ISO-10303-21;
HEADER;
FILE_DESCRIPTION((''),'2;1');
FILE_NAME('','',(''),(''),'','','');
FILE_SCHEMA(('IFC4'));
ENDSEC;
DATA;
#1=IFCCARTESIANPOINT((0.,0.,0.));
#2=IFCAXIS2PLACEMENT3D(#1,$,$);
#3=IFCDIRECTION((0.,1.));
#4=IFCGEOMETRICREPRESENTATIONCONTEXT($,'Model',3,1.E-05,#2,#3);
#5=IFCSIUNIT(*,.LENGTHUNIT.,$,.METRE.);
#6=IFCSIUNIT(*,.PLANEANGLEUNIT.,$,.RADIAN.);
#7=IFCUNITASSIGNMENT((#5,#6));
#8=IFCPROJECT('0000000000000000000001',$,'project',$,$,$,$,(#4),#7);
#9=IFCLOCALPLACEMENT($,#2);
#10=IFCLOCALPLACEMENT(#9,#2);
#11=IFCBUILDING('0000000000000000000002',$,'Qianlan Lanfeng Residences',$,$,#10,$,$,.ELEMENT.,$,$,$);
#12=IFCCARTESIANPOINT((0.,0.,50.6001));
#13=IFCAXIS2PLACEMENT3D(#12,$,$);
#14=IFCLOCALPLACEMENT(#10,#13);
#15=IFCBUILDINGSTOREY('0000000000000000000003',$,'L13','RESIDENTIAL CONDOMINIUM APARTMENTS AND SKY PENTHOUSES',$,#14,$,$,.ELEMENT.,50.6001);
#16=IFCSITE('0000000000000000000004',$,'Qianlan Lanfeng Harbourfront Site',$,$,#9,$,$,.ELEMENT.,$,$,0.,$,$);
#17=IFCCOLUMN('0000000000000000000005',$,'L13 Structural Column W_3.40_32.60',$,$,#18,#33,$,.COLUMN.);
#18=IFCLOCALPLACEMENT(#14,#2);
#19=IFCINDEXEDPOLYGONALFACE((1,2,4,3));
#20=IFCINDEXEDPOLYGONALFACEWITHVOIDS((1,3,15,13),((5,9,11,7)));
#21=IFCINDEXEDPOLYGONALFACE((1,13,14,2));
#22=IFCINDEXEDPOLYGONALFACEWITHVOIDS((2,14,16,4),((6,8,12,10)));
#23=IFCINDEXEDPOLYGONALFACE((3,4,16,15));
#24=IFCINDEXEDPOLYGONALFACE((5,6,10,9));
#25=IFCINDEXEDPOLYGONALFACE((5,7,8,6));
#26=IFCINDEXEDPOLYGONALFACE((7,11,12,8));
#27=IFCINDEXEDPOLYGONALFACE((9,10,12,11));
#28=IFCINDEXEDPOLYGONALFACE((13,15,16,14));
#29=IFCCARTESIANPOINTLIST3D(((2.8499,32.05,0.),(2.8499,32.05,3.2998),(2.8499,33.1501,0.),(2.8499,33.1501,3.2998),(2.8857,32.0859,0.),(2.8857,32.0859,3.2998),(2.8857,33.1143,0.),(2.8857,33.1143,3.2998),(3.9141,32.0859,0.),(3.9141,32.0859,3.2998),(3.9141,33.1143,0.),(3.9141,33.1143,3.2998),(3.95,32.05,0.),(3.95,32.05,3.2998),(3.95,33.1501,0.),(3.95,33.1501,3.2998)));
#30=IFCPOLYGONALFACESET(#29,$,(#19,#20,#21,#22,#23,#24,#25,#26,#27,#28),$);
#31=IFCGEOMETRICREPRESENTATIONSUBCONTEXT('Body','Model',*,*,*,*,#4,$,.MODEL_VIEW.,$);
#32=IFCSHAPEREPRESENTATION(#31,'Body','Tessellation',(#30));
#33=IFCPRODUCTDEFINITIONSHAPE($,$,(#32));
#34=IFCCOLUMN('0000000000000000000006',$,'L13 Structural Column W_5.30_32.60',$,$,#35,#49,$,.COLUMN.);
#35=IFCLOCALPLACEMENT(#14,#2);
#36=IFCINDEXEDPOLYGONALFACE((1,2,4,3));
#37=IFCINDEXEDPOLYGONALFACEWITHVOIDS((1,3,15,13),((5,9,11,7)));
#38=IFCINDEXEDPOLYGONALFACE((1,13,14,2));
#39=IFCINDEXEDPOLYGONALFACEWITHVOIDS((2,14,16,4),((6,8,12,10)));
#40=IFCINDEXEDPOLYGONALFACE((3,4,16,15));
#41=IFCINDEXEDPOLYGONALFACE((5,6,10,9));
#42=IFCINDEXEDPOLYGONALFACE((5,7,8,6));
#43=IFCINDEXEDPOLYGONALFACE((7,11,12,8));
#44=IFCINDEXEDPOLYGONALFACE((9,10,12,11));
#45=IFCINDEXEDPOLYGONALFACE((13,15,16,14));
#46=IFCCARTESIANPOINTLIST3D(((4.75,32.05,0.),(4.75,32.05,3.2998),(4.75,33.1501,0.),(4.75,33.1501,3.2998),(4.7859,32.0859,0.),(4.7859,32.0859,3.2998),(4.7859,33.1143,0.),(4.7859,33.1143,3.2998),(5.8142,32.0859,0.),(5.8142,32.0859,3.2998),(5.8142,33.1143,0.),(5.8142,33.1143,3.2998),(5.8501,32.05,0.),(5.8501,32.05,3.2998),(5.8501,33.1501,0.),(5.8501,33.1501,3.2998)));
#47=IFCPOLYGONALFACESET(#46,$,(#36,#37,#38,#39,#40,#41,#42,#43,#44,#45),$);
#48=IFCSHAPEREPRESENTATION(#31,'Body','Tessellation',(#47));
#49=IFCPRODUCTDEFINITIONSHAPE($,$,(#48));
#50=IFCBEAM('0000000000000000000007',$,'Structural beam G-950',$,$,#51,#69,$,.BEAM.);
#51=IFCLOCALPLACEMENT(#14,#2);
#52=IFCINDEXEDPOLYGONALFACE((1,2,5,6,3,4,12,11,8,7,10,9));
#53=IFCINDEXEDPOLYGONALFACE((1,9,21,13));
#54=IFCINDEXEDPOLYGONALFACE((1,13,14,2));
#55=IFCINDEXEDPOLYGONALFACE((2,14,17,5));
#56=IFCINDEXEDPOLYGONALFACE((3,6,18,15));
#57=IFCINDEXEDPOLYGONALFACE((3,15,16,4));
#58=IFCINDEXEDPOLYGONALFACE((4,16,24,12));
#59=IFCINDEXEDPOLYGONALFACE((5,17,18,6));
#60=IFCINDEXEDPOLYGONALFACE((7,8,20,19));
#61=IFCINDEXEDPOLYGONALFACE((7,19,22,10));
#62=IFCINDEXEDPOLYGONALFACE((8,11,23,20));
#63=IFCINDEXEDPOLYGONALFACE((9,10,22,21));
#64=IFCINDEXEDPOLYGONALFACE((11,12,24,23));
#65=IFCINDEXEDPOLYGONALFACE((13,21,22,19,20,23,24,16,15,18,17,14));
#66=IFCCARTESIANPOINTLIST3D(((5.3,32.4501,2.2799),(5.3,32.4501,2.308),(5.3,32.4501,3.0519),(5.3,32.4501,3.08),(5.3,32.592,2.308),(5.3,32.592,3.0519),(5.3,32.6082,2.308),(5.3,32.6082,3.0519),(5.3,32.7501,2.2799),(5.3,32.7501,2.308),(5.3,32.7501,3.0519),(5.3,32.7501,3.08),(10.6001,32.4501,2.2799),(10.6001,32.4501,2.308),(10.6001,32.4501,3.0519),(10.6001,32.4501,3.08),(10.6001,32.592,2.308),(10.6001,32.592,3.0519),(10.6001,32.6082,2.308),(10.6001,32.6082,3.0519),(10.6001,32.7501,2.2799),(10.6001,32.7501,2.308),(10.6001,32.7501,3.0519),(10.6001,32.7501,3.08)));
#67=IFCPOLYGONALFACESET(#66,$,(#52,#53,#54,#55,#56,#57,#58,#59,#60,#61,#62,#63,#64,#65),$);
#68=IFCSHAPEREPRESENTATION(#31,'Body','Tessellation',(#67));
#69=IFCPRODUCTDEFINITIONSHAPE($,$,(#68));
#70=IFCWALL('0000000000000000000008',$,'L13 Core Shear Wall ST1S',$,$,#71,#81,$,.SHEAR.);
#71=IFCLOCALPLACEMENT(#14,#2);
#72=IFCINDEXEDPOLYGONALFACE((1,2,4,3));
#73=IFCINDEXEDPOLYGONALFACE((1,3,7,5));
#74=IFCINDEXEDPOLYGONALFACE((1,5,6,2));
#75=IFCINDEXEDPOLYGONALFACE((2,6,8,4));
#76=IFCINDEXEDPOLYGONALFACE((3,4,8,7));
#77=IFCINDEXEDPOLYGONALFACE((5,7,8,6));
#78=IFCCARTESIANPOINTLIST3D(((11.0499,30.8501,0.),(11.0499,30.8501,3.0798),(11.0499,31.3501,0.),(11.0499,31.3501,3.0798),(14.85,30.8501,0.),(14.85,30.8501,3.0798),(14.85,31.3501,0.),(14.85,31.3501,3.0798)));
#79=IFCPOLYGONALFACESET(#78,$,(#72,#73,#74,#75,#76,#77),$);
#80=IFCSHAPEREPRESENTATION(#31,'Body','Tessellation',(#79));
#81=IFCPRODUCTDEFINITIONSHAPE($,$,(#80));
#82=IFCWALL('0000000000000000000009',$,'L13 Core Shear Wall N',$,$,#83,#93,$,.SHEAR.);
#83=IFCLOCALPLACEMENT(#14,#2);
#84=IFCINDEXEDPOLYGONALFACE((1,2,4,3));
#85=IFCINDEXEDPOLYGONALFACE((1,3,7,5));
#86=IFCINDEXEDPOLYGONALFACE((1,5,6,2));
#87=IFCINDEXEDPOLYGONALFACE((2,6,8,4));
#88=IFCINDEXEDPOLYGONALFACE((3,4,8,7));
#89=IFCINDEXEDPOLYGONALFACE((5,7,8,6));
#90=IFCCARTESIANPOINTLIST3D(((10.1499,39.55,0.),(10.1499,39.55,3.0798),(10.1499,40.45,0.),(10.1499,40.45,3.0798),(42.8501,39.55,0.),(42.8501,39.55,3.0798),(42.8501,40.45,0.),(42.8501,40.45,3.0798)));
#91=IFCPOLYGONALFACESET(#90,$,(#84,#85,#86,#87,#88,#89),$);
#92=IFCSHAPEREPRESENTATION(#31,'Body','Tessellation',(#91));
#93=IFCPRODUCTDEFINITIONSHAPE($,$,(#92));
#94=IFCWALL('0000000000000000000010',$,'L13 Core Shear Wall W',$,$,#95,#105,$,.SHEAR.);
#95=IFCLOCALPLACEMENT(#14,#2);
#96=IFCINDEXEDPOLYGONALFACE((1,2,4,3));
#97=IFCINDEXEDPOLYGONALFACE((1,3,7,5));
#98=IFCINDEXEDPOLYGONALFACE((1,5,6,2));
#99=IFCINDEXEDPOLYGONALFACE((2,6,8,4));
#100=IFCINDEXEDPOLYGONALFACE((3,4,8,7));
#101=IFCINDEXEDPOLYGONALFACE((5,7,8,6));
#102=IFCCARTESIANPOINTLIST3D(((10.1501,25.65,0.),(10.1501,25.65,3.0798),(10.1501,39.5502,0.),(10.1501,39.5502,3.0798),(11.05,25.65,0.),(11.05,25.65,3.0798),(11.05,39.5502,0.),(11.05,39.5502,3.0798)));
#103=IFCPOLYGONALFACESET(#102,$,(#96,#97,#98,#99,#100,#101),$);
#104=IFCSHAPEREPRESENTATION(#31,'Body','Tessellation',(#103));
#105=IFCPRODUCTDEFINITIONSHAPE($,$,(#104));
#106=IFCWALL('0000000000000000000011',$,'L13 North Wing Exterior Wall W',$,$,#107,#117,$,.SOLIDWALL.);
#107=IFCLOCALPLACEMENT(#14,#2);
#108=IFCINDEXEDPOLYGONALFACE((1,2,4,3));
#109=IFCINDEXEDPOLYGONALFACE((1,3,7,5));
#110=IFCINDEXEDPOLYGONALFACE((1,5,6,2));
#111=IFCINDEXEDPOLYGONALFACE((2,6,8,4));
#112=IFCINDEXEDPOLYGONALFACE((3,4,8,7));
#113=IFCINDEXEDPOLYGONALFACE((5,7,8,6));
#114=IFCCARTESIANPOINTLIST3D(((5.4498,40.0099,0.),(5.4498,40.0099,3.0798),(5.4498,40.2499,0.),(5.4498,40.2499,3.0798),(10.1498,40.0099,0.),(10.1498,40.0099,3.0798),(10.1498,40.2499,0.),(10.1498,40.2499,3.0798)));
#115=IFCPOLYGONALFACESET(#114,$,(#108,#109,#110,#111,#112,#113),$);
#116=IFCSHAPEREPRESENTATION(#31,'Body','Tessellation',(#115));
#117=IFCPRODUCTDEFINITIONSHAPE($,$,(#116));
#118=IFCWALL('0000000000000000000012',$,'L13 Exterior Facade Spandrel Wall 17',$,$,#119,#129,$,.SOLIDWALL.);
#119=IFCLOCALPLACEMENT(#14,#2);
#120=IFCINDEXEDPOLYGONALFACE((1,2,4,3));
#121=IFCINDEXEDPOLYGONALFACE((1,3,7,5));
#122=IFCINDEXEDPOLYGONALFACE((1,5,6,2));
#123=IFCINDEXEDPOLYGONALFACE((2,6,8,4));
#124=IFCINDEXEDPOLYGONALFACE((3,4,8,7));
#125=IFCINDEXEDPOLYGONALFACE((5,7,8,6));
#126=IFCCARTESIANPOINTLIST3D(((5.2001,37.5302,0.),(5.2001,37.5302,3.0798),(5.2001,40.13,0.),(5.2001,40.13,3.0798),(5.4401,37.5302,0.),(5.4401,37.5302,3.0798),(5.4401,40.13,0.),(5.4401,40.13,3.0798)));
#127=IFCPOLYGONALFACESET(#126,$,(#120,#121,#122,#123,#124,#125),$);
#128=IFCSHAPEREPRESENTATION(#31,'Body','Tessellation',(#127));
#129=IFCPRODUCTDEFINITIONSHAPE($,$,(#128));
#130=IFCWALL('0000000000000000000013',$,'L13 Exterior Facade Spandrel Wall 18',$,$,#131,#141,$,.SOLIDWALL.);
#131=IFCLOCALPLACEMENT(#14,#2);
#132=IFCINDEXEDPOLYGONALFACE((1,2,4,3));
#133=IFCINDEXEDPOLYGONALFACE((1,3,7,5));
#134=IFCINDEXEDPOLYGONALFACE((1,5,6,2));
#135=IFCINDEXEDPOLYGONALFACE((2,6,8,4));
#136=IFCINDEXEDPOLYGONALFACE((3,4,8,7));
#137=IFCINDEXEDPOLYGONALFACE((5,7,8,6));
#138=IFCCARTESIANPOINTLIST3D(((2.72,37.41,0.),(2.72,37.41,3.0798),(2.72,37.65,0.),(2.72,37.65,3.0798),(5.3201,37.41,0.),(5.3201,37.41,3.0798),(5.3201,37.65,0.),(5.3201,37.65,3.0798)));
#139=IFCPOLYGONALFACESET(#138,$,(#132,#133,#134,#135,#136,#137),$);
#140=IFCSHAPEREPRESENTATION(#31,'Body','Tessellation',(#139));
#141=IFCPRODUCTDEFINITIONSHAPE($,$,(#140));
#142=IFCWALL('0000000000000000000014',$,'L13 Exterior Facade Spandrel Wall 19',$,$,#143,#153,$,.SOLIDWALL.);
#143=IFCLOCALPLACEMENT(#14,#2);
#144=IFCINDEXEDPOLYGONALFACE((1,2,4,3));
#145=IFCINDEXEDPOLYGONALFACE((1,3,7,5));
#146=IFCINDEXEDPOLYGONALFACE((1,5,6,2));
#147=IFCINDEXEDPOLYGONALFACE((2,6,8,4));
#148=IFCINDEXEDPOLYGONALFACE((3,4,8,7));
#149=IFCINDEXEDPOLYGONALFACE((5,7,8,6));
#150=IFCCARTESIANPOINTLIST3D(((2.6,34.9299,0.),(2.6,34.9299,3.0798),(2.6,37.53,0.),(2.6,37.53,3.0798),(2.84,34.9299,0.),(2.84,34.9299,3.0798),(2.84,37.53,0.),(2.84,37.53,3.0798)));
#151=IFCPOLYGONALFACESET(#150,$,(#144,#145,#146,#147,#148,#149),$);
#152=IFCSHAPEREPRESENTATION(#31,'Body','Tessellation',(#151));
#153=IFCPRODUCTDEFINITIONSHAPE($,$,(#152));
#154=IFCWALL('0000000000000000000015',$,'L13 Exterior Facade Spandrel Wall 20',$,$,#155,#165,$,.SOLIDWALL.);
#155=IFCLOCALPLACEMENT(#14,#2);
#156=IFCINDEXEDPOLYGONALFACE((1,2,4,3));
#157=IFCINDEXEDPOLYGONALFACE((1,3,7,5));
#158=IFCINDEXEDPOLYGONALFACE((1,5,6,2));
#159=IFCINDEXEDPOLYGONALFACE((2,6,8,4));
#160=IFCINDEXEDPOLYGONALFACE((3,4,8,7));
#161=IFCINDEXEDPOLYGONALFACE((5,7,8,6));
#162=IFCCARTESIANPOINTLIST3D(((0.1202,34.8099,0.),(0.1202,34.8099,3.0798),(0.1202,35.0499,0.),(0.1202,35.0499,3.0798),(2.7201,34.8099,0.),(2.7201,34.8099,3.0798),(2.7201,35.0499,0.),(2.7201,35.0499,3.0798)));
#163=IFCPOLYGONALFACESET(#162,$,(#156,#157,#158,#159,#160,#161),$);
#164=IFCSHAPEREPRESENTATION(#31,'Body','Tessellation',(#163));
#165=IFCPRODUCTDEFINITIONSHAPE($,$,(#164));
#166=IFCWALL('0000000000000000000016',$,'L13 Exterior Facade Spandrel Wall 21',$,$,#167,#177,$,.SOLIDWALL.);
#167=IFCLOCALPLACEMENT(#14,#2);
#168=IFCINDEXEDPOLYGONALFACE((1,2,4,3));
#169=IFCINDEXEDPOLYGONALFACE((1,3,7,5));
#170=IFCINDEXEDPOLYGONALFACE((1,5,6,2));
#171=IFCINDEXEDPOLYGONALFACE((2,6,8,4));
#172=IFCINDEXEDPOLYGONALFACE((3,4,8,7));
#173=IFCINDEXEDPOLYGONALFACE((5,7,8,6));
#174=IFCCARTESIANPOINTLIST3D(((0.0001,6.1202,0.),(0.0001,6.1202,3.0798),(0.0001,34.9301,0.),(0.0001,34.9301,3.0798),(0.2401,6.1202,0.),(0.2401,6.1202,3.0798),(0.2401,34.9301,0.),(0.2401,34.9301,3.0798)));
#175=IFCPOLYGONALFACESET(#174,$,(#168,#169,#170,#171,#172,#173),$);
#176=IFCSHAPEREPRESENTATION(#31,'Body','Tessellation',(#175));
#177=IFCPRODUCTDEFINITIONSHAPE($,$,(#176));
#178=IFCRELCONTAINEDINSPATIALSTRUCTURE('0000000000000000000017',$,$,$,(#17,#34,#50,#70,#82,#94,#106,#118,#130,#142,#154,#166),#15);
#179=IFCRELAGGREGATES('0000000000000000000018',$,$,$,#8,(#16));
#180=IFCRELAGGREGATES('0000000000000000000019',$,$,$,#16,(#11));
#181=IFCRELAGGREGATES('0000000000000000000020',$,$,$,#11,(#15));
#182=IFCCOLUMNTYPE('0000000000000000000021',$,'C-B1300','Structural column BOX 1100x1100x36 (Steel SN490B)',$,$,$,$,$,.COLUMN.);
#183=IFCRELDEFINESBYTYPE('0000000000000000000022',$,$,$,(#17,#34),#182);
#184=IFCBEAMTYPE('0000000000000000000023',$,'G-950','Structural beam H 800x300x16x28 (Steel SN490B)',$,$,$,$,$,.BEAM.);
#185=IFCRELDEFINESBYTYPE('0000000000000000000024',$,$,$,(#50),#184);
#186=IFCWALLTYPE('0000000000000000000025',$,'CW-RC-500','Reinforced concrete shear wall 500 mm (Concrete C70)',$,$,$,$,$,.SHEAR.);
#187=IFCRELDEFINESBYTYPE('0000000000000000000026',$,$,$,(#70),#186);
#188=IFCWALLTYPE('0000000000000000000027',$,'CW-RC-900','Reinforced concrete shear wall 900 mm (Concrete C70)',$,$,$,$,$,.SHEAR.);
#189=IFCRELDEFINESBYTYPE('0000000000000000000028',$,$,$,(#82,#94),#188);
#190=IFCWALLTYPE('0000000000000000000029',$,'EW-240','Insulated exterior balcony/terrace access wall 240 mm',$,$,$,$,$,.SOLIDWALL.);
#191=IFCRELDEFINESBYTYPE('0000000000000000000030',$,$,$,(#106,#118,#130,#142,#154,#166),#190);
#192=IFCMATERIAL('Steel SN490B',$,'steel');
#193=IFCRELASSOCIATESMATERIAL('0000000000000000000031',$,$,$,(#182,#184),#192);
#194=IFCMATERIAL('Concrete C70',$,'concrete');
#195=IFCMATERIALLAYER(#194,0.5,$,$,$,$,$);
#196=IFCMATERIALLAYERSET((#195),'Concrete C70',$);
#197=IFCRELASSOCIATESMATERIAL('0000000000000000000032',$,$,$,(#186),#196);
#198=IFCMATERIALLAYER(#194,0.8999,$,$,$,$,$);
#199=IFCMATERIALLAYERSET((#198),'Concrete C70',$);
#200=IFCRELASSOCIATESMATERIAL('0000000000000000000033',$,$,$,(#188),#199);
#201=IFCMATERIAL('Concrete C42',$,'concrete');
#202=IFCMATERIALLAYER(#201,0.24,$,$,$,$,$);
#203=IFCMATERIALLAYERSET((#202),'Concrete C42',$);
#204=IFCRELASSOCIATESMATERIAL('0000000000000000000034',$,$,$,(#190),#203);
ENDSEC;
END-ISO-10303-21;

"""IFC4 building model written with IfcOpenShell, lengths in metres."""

from ifc_helpers import new_model, si_unit, direction, frame, frame_2d, origin, origin_2d, place, context, subcontext, project, spatial, rectangle, hollow_rectangle, i_section, extrude, material, layer, layer_set, material_profile, profile_set, type_object, element, save


model = new_model("IFC4")

# Units and contexts
model_context = context("Model", 3, precision=1e-05, world=origin(), true_north=direction((0.0, 1.0)))
body_context = subcontext(model_context, "Body", "Model", "MODEL_VIEW")
ifc_project = project(units=[si_unit("LENGTHUNIT", "METRE"), si_unit("PLANEANGLEUNIT", "RADIAN")], contexts=[model_context])

# Site, building, storey
site_placement = place(None, origin())
site = spatial("IfcSite", under=ifc_project, at=site_placement, Name="Qianlan Lanfeng Harbourfront Site", CompositionType="ELEMENT", RefElevation=0.0)
building_placement = place(site_placement, origin())
building = spatial("IfcBuilding", under=site, at=building_placement, Name="Qianlan Lanfeng Residences", CompositionType="ELEMENT")
storey_placement = place(building_placement, frame((0.0, 0.0, 50.6001)))
storey = spatial("IfcBuildingStorey", under=building, at=storey_placement, Name="L13", Description="RESIDENTIAL CONDOMINIUM APARTMENTS AND SKY PENTHOUSES", CompositionType="ELEMENT", Elevation=50.6001)

# Columns
ifc_material_1 = material(Name="Steel SN490B", Category="steel")
ifc_material_profile_1 = material_profile(ifc_material_1, hollow_rectangle(XDim=1.1001, YDim=1.1001, WallThickness=0.0359, at=origin_2d()), Name="BOX 1100x1100x36")
ifc_profile_set_1 = profile_set([ifc_material_profile_1], Name="Steel SN490B")
column_type = type_object("IfcColumnType", Name="C-B1300", Description="Structural column BOX 1100x1100x36 (Steel SN490B)", PredefinedType="COLUMN", material=ifc_profile_set_1)
for number, where, z_axis, x_axis, name in (
    (1, (3.3999, 32.6001, 0.0), (0.0, 0.0, 1.0), (1.0, 0.0, 0.0), "L13 Structural Column W_3.40_32.60"),
    (2, (5.3, 32.6001, 0.0), (0.0, 0.0, 1.0), (1.0, 0.0, 0.0), "L13 Structural Column W_5.30_32.60"),
):
    element("IfcColumn", number, at=place(storey_placement, frame(where, z_axis=z_axis, x_axis=x_axis)), inside=storey, type_object=column_type, Name=name, PredefinedType="COLUMN", context=body_context, shape_type="SweptSolid", body=[
        extrude(hollow_rectangle(XDim=1.1001, YDim=1.1001, WallThickness=0.0359, at=origin_2d()), origin(), (0.0, 0.0, 1.0), 3.2998),
    ])

# Beam
ifc_material_profile_2 = material_profile(ifc_material_1, i_section(OverallWidth=0.3, OverallDepth=0.8, WebThickness=0.0161, FlangeThickness=0.0281, at=origin_2d()), Name="H 800x300x16x28")
ifc_profile_set_2 = profile_set([ifc_material_profile_2], Name="Steel SN490B")
beam_type = type_object("IfcBeamType", Name="G-950", Description="Structural beam H 800x300x16x28 (Steel SN490B)", PredefinedType="BEAM", material=ifc_profile_set_2)
beam_placement = place(storey_placement, frame((5.3, 32.6001, 2.6799), z_axis=(1.0, 0.0, 0.0), x_axis=(0.0, 1.0, 0.0)))
element("IfcBeam", 3, at=beam_placement, inside=storey, type_object=beam_type, Name="Structural beam G-950", PredefinedType="BEAM", context=body_context, shape_type="SweptSolid", body=[
    extrude(i_section(OverallWidth=0.3, OverallDepth=0.8, WebThickness=0.0161, FlangeThickness=0.0281, at=origin_2d()), origin(), (0.0, 0.0, 1.0), 5.3),
])

# Walls
ifc_material_2 = material(Name="Concrete C70", Category="concrete")
ifc_layer_1 = layer(ifc_material_2, 0.5)
ifc_layer_set_1 = layer_set([ifc_layer_1], Name="Concrete C70")
wall_type_1 = type_object("IfcWallType", Name="CW-RC-500", Description="Reinforced concrete shear wall 500 mm (Concrete C70)", PredefinedType="SHEAR", material=ifc_layer_set_1)
wall_1_placement = place(storey_placement, frame((11.05, 31.1001, 0.0), z_axis=(0.0, 0.0, 1.0), x_axis=(1.0, 0.0, 0.0)))
element("IfcWall", 4, at=wall_1_placement, inside=storey, type_object=wall_type_1, Name="L13 Core Shear Wall ST1S", PredefinedType="SHEAR", context=body_context, shape_type="SweptSolid", body=[
    extrude(rectangle(XDim=3.8, YDim=0.5, at=frame_2d((1.8999, 0.0))), origin(), (0.0, 0.0, 1.0), 3.0798),
])
ifc_layer_2 = layer(ifc_material_2, 0.8999)
ifc_layer_set_2 = layer_set([ifc_layer_2], Name="Concrete C70")
wall_type_2 = type_object("IfcWallType", Name="CW-RC-900", Description="Reinforced concrete shear wall 900 mm (Concrete C70)", PredefinedType="SHEAR", material=ifc_layer_set_2)
wall_2_placement = place(storey_placement, frame((10.1499, 40.0, 0.0), z_axis=(0.0, 0.0, 1.0), x_axis=(1.0, 0.0, 0.0)))
element("IfcWall", 5, at=wall_2_placement, inside=storey, type_object=wall_type_2, Name="L13 Core Shear Wall N", PredefinedType="SHEAR", context=body_context, shape_type="SweptSolid", body=[
    extrude(rectangle(XDim=32.7002, YDim=0.8999, at=frame_2d((16.3501, 0.0))), origin(), (0.0, 0.0, 1.0), 3.0798),
])
wall_3_placement = place(storey_placement, frame((10.6001, 25.6499, 0.0), z_axis=(0.0, 0.0, 1.0), x_axis=(0.0, 1.0, 0.0)))
element("IfcWall", 6, at=wall_3_placement, inside=storey, type_object=wall_type_2, Name="L13 Core Shear Wall W", PredefinedType="SHEAR", context=body_context, shape_type="SweptSolid", body=[
    extrude(rectangle(XDim=13.9001, YDim=0.8999, at=frame_2d((6.9502, 0.0))), origin(), (0.0, 0.0, 1.0), 3.0798),
])
ifc_material_3 = material(Name="Concrete C42", Category="concrete")
ifc_layer_3 = layer(ifc_material_3, 0.24)
ifc_layer_set_3 = layer_set([ifc_layer_3], Name="Concrete C42")
wall_type_3 = type_object("IfcWallType", Name="EW-240", Description="Insulated exterior balcony/terrace access wall 240 mm", PredefinedType="SOLIDWALL", material=ifc_layer_set_3)
wall_4_placement = place(storey_placement, frame((10.1499, 40.1299, 0.0), z_axis=(0.0, 0.0, 1.0), x_axis=(-1.0, 0.0, 0.0)))
element("IfcWall", 7, at=wall_4_placement, inside=storey, type_object=wall_type_3, Name="L13 North Wing Exterior Wall W", PredefinedType="SOLIDWALL", context=body_context, shape_type="SweptSolid", body=[
    extrude(rectangle(XDim=4.7, YDim=0.24, at=frame_2d((2.3501, 0.0))), origin(), (0.0, 0.0, 1.0), 3.0798),
])
wall_5_placement = place(storey_placement, frame((5.3201, 40.1299, 0.0), z_axis=(0.0, 0.0, 1.0), x_axis=(0.0, -1.0, 0.0)))
element("IfcWall", 8, at=wall_5_placement, inside=storey, type_object=wall_type_3, Name="L13 Exterior Facade Spandrel Wall 17", PredefinedType="SOLIDWALL", context=body_context, shape_type="SweptSolid", body=[
    extrude(rectangle(XDim=2.5999, YDim=0.24, at=frame_2d((1.2998, 0.0))), origin(), (0.0, 0.0, 1.0), 3.0798),
])
for number, where, z_axis, x_axis, name in (
    (9, (5.3201, 37.53, 0.0), (0.0, 0.0, 1.0), (-1.0, 0.0, 0.0), "L13 Exterior Facade Spandrel Wall 18"),
    (10, (2.72, 37.53, 0.0), (0.0, 0.0, 1.0), (0.0, -1.0, 0.0), "L13 Exterior Facade Spandrel Wall 19"),
):
    element("IfcWall", number, at=place(storey_placement, frame(where, z_axis=z_axis, x_axis=x_axis)), inside=storey, type_object=wall_type_3, Name=name, PredefinedType="SOLIDWALL", context=body_context, shape_type="SweptSolid", body=[
        extrude(rectangle(XDim=2.6001, YDim=0.24, at=frame_2d((1.3, 0.0))), origin(), (0.0, 0.0, 1.0), 3.0798),
    ])
wall_6_placement = place(storey_placement, frame((2.72, 34.9299, 0.0), z_axis=(0.0, 0.0, 1.0), x_axis=(-1.0, 0.0, 0.0)))
element("IfcWall", 11, at=wall_6_placement, inside=storey, type_object=wall_type_3, Name="L13 Exterior Facade Spandrel Wall 20", PredefinedType="SOLIDWALL", context=body_context, shape_type="SweptSolid", body=[
    extrude(rectangle(XDim=2.5999, YDim=0.24, at=frame_2d((1.2998, 0.0))), origin(), (0.0, 0.0, 1.0), 3.0798),
])
wall_7_placement = place(storey_placement, frame((0.1201, 34.9299, 0.0), z_axis=(0.0, 0.0, 1.0), x_axis=(0.0, -1.0, 0.0)))
element("IfcWall", 12, at=wall_7_placement, inside=storey, type_object=wall_type_3, Name="L13 Exterior Facade Spandrel Wall 21", PredefinedType="SOLIDWALL", context=body_context, shape_type="SweptSolid", body=[
    extrude(rectangle(XDim=28.8098, YDim=0.24, at=frame_2d((14.4048, 0.0))), origin(), (0.0, 0.0, 1.0), 3.0798),
])

save(model, "model.ifc")
